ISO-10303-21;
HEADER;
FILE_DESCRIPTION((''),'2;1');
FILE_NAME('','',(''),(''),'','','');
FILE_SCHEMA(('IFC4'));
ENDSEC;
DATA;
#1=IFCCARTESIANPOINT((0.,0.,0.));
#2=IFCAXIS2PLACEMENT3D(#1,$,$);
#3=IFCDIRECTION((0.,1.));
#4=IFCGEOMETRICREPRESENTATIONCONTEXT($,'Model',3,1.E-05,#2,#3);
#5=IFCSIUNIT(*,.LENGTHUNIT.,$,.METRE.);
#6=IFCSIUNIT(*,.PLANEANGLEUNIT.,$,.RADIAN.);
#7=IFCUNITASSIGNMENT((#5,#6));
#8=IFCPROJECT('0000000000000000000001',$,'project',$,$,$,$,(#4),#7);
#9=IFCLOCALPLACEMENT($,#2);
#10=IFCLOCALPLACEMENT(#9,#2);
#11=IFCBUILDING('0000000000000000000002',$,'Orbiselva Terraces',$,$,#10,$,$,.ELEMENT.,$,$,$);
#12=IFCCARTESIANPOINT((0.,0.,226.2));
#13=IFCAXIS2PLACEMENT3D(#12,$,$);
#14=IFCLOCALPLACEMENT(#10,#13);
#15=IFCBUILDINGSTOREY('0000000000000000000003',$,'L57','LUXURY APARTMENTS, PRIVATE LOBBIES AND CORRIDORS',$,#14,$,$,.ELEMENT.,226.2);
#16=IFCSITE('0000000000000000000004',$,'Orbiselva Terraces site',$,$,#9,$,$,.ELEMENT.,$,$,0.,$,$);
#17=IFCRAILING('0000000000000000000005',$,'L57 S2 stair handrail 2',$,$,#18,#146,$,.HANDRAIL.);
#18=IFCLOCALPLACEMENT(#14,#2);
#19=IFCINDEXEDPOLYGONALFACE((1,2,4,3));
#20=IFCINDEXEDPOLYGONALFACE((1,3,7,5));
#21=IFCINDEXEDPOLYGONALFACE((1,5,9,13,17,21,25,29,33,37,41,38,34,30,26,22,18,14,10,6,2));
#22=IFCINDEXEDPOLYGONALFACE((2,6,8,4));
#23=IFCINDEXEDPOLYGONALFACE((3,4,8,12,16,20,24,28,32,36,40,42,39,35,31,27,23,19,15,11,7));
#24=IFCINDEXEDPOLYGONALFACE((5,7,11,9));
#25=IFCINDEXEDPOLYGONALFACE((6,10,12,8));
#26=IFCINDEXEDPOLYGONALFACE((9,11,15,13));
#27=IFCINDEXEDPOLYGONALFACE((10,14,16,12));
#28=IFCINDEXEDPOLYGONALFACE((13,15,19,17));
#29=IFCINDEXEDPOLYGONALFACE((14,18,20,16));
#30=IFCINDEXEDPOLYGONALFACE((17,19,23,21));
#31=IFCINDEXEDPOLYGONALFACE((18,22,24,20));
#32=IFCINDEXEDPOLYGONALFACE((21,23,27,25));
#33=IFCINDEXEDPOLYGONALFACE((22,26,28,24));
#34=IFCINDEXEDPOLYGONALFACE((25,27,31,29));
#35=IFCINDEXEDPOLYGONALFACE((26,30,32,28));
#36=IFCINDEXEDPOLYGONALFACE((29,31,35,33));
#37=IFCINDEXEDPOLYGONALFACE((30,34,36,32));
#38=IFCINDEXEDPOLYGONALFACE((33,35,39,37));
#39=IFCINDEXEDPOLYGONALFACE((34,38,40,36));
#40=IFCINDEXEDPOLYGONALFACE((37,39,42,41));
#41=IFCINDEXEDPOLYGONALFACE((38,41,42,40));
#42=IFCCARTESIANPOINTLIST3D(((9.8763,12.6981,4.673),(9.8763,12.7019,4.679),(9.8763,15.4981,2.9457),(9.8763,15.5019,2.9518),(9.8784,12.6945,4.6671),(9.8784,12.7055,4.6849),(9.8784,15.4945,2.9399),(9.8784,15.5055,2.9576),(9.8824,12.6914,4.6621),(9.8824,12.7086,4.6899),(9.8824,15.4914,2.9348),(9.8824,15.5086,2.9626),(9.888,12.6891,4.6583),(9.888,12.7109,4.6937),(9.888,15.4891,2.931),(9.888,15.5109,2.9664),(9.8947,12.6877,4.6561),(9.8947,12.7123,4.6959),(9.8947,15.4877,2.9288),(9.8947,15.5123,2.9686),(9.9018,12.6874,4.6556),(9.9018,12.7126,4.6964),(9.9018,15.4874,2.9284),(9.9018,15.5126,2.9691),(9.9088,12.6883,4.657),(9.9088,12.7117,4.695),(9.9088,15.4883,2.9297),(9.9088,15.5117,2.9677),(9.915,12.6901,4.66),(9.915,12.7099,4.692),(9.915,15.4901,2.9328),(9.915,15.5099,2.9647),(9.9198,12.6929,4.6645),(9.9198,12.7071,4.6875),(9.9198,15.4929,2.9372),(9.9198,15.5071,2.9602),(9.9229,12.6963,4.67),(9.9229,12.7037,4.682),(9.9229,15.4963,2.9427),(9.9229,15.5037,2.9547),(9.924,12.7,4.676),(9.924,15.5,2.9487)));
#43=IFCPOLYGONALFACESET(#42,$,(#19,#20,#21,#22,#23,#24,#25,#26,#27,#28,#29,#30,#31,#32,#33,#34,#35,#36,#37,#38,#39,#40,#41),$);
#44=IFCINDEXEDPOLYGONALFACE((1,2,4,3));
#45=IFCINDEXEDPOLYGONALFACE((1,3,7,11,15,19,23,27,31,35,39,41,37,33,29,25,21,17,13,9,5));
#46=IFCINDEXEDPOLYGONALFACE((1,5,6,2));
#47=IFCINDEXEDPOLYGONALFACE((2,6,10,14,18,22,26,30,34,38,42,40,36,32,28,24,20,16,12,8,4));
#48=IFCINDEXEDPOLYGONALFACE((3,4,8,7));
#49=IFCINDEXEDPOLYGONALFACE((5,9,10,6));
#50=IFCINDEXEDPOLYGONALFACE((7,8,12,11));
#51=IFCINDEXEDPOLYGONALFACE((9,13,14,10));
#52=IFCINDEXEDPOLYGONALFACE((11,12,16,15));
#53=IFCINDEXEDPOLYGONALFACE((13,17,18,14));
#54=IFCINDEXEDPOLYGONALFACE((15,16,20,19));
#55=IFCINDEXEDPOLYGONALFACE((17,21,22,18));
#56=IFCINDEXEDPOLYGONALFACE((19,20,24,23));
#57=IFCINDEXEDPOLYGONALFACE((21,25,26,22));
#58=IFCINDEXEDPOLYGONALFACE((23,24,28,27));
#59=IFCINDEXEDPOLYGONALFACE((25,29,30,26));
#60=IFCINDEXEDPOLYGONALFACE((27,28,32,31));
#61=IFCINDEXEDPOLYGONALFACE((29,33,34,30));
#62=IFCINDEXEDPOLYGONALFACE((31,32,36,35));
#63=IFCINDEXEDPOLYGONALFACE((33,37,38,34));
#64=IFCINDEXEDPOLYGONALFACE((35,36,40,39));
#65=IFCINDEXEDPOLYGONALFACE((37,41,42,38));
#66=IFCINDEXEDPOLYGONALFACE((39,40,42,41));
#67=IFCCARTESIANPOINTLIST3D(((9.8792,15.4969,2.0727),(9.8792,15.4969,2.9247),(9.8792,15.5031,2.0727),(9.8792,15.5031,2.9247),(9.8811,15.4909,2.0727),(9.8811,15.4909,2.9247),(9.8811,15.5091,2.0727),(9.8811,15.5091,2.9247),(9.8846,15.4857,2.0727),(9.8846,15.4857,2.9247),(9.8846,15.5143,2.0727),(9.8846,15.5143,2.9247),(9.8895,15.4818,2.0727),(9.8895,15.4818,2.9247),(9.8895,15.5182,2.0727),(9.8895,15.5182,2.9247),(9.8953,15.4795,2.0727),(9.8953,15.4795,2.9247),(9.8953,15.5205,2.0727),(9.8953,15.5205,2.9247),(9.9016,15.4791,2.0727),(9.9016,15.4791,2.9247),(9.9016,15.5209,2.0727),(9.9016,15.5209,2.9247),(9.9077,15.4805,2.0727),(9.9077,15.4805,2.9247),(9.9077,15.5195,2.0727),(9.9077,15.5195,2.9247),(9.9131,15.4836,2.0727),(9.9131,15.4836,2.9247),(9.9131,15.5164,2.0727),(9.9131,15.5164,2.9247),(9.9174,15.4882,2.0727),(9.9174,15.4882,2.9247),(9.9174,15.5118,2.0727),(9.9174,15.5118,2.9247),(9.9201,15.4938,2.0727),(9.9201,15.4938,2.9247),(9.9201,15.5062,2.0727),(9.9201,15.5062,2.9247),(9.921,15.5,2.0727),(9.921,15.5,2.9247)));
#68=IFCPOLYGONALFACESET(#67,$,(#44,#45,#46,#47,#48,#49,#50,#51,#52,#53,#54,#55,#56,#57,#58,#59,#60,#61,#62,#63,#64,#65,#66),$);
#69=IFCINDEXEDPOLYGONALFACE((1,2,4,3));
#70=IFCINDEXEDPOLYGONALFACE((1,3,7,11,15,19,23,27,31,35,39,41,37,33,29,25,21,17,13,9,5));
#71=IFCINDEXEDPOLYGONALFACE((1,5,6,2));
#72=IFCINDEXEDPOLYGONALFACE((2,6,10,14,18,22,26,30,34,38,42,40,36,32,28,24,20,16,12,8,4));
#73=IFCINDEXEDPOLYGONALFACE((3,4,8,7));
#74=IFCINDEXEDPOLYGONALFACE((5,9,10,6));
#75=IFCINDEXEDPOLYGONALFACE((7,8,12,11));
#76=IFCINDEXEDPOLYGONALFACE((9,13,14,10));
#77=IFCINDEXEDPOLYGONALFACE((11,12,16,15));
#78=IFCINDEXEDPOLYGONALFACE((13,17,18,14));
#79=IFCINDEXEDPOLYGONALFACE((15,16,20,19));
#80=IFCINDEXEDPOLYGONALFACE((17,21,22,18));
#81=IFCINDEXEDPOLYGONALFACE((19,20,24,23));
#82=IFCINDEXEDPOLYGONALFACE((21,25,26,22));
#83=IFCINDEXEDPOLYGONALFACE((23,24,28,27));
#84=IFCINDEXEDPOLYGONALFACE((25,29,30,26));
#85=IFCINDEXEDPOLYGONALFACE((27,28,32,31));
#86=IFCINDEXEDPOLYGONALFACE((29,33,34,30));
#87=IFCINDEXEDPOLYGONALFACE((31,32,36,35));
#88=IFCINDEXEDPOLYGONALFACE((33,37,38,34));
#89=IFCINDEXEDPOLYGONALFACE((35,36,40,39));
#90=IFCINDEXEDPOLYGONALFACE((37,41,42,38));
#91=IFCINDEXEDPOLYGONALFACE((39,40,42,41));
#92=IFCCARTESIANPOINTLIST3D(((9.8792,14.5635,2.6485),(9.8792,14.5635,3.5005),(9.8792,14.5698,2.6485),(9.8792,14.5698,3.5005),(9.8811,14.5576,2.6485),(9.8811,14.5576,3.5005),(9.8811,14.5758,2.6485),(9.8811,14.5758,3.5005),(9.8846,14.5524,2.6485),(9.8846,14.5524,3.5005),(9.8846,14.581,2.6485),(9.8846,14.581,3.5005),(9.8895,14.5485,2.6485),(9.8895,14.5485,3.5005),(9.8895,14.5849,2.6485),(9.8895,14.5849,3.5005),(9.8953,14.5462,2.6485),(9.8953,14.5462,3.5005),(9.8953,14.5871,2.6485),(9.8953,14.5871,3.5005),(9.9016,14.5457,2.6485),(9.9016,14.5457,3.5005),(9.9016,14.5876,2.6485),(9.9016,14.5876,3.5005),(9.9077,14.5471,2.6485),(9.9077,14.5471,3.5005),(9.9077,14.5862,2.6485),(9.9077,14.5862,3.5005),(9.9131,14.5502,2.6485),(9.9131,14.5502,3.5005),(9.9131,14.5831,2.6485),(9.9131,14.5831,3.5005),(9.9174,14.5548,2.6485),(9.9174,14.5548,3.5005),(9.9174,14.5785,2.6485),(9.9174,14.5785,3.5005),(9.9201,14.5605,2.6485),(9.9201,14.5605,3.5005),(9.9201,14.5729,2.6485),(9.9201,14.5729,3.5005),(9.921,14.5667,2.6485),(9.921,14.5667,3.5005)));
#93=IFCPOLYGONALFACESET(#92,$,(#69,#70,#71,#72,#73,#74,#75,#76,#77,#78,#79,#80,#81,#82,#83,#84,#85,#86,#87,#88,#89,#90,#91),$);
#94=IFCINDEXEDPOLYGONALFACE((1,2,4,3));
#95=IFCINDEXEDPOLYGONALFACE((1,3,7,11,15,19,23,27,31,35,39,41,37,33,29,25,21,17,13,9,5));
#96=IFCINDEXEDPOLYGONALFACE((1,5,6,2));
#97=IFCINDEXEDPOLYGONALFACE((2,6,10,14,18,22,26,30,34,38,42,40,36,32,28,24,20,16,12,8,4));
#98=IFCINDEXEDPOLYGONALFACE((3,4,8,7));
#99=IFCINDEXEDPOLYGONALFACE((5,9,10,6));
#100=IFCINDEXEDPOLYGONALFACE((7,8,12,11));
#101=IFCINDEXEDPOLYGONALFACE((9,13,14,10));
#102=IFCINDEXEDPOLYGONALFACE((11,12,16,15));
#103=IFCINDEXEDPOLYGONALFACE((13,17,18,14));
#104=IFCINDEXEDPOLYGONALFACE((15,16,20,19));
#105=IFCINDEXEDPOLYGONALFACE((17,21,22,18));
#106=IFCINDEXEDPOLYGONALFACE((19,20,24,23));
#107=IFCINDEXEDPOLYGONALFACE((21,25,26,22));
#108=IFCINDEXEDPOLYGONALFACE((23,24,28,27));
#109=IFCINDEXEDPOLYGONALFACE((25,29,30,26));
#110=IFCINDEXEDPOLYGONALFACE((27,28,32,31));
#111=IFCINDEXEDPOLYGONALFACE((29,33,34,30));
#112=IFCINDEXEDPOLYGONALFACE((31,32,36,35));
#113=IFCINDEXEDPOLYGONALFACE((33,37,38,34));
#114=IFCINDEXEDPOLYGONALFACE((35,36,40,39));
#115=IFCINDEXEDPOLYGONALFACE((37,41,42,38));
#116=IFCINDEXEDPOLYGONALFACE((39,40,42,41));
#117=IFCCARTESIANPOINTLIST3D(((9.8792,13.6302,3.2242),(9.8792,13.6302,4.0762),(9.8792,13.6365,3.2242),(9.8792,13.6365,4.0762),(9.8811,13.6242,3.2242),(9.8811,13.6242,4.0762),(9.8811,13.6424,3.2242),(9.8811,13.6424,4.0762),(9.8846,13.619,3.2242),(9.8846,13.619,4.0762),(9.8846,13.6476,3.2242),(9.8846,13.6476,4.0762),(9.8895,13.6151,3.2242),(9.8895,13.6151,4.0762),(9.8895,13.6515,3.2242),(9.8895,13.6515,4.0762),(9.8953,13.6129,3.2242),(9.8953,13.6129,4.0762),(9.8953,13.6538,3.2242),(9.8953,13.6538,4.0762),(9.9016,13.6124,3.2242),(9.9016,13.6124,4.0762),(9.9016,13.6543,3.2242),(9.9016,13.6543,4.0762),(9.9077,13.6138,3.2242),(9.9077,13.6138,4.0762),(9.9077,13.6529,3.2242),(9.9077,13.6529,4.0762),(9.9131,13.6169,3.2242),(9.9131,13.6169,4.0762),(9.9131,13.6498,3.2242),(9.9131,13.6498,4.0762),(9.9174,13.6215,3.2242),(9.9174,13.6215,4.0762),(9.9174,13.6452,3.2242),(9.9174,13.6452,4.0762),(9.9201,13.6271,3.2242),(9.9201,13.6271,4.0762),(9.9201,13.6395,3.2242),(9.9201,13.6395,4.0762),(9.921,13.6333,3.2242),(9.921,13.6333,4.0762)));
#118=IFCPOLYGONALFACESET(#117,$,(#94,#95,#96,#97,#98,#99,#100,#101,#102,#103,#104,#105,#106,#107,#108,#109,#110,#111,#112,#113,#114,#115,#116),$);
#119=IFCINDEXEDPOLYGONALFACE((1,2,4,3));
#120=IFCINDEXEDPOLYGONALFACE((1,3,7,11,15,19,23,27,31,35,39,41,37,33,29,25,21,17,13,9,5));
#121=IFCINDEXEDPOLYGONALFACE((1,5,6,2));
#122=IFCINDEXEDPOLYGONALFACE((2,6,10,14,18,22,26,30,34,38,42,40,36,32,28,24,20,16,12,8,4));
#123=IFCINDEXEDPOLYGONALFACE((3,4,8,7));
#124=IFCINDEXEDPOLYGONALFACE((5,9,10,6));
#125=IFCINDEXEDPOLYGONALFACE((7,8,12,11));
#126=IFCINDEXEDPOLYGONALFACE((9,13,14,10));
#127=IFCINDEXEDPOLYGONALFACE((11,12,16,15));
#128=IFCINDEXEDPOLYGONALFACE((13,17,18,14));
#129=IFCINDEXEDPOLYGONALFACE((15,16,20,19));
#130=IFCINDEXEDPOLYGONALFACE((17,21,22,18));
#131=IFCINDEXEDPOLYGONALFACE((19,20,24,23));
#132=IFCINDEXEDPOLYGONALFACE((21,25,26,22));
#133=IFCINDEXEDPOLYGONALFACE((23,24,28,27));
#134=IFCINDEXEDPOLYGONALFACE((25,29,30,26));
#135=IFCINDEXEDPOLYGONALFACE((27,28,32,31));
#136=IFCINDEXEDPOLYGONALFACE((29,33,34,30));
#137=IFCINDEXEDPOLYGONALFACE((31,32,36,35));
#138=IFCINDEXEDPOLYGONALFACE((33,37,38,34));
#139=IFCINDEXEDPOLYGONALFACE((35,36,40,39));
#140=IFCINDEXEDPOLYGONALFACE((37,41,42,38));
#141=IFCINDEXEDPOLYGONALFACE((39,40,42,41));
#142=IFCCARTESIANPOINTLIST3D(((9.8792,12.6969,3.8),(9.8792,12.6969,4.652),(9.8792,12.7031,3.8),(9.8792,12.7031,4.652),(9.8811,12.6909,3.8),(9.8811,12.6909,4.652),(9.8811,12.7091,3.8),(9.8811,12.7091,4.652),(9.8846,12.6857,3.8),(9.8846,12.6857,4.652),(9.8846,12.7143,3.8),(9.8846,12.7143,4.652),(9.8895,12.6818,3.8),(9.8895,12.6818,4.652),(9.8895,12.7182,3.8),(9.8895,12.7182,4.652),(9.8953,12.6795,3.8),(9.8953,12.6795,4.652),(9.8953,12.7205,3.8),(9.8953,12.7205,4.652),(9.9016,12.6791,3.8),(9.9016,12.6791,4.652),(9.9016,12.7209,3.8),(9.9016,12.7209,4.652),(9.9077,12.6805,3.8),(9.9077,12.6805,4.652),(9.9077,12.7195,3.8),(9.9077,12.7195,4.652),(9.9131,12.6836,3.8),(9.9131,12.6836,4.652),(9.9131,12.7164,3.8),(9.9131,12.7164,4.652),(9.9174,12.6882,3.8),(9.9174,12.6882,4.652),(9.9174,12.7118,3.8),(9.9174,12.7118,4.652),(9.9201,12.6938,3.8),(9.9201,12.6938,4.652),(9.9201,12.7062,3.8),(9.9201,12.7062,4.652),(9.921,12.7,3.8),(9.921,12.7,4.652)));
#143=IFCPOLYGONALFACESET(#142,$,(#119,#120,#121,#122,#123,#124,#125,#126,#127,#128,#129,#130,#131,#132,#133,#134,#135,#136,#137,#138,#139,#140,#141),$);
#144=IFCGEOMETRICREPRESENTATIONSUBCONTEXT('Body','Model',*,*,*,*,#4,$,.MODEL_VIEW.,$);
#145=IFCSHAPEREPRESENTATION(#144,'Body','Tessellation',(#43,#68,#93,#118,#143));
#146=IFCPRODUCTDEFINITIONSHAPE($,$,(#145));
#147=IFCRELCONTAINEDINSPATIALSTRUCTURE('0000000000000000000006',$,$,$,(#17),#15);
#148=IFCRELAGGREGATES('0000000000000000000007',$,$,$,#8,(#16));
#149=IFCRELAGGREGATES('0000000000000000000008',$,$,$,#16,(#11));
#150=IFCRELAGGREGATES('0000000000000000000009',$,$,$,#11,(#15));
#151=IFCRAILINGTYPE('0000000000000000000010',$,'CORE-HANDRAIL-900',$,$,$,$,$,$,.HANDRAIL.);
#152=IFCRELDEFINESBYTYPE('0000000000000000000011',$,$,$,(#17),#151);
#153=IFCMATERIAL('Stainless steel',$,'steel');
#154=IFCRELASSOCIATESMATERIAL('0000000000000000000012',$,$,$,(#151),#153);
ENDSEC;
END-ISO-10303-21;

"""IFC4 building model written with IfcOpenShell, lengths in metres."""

from ifc_helpers import new_model, si_unit, direction, frame, origin, origin_2d, place, context, subcontext, project, spatial, circle, extrude, material, type_object, element, save


model = new_model("IFC4")

# Units and contexts
model_context = context("Model", 3, precision=1e-05, world=origin(), true_north=direction((0.0, 1.0)))
body_context = subcontext(model_context, "Body", "Model", "MODEL_VIEW")
ifc_project = project(units=[si_unit("LENGTHUNIT", "METRE"), si_unit("PLANEANGLEUNIT", "RADIAN")], contexts=[model_context])

# Site, building, storey
site_placement = place(None, origin())
site = spatial("IfcSite", under=ifc_project, at=site_placement, Name="Orbiselva Terraces site", CompositionType="ELEMENT", RefElevation=0.0)
building_placement = place(site_placement, origin())
building = spatial("IfcBuilding", under=site, at=building_placement, Name="Orbiselva Terraces", CompositionType="ELEMENT")
storey_placement = place(building_placement, frame((0.0, 0.0, 226.2)))
storey = spatial("IfcBuildingStorey", under=building, at=storey_placement, Name="L57", Description="LUXURY APARTMENTS, PRIVATE LOBBIES AND CORRIDORS", CompositionType="ELEMENT", Elevation=226.2)

# Railing
ifc_material_1 = material(Name="Stainless steel", Category="steel")
railing_type = type_object("IfcRailingType", Name="CORE-HANDRAIL-900", PredefinedType="HANDRAIL", material=ifc_material_1)
railing_1_placement = place(storey_placement, frame((9.9, 15.5, 2.0727)))
element("IfcRailing", 1, at=railing_1_placement, inside=storey, type_object=railing_type, Name="L57 S2 stair handrail 2", PredefinedType="HANDRAIL", context=body_context, shape_type="SweptSolid", body=[
    extrude(circle(Radius=0.024, at=origin_2d()), frame((0.0, 0.0, 0.876), z_axis=(0.0, -0.851089, 0.525022), x_axis=(1.0, 0.0, 0.0)), (0.0, 0.0, 1.0), 3.2899),
    extrude(circle(Radius=0.021, at=origin_2d()), origin(), (0.0, 0.0, 1.0), 0.852),
    extrude(circle(Radius=0.021, at=origin_2d()), frame((0.0, -0.9333, 0.5758)), (0.0, 0.0, 1.0), 0.852),
    extrude(circle(Radius=0.021, at=origin_2d()), frame((0.0, -1.8667, 1.1515)), (0.0, 0.0, 1.0), 0.852),
    extrude(circle(Radius=0.021, at=origin_2d()), frame((0.0, -2.8, 1.7273)), (0.0, 0.0, 1.0), 0.852),
])

save(model, "model.ifc")
